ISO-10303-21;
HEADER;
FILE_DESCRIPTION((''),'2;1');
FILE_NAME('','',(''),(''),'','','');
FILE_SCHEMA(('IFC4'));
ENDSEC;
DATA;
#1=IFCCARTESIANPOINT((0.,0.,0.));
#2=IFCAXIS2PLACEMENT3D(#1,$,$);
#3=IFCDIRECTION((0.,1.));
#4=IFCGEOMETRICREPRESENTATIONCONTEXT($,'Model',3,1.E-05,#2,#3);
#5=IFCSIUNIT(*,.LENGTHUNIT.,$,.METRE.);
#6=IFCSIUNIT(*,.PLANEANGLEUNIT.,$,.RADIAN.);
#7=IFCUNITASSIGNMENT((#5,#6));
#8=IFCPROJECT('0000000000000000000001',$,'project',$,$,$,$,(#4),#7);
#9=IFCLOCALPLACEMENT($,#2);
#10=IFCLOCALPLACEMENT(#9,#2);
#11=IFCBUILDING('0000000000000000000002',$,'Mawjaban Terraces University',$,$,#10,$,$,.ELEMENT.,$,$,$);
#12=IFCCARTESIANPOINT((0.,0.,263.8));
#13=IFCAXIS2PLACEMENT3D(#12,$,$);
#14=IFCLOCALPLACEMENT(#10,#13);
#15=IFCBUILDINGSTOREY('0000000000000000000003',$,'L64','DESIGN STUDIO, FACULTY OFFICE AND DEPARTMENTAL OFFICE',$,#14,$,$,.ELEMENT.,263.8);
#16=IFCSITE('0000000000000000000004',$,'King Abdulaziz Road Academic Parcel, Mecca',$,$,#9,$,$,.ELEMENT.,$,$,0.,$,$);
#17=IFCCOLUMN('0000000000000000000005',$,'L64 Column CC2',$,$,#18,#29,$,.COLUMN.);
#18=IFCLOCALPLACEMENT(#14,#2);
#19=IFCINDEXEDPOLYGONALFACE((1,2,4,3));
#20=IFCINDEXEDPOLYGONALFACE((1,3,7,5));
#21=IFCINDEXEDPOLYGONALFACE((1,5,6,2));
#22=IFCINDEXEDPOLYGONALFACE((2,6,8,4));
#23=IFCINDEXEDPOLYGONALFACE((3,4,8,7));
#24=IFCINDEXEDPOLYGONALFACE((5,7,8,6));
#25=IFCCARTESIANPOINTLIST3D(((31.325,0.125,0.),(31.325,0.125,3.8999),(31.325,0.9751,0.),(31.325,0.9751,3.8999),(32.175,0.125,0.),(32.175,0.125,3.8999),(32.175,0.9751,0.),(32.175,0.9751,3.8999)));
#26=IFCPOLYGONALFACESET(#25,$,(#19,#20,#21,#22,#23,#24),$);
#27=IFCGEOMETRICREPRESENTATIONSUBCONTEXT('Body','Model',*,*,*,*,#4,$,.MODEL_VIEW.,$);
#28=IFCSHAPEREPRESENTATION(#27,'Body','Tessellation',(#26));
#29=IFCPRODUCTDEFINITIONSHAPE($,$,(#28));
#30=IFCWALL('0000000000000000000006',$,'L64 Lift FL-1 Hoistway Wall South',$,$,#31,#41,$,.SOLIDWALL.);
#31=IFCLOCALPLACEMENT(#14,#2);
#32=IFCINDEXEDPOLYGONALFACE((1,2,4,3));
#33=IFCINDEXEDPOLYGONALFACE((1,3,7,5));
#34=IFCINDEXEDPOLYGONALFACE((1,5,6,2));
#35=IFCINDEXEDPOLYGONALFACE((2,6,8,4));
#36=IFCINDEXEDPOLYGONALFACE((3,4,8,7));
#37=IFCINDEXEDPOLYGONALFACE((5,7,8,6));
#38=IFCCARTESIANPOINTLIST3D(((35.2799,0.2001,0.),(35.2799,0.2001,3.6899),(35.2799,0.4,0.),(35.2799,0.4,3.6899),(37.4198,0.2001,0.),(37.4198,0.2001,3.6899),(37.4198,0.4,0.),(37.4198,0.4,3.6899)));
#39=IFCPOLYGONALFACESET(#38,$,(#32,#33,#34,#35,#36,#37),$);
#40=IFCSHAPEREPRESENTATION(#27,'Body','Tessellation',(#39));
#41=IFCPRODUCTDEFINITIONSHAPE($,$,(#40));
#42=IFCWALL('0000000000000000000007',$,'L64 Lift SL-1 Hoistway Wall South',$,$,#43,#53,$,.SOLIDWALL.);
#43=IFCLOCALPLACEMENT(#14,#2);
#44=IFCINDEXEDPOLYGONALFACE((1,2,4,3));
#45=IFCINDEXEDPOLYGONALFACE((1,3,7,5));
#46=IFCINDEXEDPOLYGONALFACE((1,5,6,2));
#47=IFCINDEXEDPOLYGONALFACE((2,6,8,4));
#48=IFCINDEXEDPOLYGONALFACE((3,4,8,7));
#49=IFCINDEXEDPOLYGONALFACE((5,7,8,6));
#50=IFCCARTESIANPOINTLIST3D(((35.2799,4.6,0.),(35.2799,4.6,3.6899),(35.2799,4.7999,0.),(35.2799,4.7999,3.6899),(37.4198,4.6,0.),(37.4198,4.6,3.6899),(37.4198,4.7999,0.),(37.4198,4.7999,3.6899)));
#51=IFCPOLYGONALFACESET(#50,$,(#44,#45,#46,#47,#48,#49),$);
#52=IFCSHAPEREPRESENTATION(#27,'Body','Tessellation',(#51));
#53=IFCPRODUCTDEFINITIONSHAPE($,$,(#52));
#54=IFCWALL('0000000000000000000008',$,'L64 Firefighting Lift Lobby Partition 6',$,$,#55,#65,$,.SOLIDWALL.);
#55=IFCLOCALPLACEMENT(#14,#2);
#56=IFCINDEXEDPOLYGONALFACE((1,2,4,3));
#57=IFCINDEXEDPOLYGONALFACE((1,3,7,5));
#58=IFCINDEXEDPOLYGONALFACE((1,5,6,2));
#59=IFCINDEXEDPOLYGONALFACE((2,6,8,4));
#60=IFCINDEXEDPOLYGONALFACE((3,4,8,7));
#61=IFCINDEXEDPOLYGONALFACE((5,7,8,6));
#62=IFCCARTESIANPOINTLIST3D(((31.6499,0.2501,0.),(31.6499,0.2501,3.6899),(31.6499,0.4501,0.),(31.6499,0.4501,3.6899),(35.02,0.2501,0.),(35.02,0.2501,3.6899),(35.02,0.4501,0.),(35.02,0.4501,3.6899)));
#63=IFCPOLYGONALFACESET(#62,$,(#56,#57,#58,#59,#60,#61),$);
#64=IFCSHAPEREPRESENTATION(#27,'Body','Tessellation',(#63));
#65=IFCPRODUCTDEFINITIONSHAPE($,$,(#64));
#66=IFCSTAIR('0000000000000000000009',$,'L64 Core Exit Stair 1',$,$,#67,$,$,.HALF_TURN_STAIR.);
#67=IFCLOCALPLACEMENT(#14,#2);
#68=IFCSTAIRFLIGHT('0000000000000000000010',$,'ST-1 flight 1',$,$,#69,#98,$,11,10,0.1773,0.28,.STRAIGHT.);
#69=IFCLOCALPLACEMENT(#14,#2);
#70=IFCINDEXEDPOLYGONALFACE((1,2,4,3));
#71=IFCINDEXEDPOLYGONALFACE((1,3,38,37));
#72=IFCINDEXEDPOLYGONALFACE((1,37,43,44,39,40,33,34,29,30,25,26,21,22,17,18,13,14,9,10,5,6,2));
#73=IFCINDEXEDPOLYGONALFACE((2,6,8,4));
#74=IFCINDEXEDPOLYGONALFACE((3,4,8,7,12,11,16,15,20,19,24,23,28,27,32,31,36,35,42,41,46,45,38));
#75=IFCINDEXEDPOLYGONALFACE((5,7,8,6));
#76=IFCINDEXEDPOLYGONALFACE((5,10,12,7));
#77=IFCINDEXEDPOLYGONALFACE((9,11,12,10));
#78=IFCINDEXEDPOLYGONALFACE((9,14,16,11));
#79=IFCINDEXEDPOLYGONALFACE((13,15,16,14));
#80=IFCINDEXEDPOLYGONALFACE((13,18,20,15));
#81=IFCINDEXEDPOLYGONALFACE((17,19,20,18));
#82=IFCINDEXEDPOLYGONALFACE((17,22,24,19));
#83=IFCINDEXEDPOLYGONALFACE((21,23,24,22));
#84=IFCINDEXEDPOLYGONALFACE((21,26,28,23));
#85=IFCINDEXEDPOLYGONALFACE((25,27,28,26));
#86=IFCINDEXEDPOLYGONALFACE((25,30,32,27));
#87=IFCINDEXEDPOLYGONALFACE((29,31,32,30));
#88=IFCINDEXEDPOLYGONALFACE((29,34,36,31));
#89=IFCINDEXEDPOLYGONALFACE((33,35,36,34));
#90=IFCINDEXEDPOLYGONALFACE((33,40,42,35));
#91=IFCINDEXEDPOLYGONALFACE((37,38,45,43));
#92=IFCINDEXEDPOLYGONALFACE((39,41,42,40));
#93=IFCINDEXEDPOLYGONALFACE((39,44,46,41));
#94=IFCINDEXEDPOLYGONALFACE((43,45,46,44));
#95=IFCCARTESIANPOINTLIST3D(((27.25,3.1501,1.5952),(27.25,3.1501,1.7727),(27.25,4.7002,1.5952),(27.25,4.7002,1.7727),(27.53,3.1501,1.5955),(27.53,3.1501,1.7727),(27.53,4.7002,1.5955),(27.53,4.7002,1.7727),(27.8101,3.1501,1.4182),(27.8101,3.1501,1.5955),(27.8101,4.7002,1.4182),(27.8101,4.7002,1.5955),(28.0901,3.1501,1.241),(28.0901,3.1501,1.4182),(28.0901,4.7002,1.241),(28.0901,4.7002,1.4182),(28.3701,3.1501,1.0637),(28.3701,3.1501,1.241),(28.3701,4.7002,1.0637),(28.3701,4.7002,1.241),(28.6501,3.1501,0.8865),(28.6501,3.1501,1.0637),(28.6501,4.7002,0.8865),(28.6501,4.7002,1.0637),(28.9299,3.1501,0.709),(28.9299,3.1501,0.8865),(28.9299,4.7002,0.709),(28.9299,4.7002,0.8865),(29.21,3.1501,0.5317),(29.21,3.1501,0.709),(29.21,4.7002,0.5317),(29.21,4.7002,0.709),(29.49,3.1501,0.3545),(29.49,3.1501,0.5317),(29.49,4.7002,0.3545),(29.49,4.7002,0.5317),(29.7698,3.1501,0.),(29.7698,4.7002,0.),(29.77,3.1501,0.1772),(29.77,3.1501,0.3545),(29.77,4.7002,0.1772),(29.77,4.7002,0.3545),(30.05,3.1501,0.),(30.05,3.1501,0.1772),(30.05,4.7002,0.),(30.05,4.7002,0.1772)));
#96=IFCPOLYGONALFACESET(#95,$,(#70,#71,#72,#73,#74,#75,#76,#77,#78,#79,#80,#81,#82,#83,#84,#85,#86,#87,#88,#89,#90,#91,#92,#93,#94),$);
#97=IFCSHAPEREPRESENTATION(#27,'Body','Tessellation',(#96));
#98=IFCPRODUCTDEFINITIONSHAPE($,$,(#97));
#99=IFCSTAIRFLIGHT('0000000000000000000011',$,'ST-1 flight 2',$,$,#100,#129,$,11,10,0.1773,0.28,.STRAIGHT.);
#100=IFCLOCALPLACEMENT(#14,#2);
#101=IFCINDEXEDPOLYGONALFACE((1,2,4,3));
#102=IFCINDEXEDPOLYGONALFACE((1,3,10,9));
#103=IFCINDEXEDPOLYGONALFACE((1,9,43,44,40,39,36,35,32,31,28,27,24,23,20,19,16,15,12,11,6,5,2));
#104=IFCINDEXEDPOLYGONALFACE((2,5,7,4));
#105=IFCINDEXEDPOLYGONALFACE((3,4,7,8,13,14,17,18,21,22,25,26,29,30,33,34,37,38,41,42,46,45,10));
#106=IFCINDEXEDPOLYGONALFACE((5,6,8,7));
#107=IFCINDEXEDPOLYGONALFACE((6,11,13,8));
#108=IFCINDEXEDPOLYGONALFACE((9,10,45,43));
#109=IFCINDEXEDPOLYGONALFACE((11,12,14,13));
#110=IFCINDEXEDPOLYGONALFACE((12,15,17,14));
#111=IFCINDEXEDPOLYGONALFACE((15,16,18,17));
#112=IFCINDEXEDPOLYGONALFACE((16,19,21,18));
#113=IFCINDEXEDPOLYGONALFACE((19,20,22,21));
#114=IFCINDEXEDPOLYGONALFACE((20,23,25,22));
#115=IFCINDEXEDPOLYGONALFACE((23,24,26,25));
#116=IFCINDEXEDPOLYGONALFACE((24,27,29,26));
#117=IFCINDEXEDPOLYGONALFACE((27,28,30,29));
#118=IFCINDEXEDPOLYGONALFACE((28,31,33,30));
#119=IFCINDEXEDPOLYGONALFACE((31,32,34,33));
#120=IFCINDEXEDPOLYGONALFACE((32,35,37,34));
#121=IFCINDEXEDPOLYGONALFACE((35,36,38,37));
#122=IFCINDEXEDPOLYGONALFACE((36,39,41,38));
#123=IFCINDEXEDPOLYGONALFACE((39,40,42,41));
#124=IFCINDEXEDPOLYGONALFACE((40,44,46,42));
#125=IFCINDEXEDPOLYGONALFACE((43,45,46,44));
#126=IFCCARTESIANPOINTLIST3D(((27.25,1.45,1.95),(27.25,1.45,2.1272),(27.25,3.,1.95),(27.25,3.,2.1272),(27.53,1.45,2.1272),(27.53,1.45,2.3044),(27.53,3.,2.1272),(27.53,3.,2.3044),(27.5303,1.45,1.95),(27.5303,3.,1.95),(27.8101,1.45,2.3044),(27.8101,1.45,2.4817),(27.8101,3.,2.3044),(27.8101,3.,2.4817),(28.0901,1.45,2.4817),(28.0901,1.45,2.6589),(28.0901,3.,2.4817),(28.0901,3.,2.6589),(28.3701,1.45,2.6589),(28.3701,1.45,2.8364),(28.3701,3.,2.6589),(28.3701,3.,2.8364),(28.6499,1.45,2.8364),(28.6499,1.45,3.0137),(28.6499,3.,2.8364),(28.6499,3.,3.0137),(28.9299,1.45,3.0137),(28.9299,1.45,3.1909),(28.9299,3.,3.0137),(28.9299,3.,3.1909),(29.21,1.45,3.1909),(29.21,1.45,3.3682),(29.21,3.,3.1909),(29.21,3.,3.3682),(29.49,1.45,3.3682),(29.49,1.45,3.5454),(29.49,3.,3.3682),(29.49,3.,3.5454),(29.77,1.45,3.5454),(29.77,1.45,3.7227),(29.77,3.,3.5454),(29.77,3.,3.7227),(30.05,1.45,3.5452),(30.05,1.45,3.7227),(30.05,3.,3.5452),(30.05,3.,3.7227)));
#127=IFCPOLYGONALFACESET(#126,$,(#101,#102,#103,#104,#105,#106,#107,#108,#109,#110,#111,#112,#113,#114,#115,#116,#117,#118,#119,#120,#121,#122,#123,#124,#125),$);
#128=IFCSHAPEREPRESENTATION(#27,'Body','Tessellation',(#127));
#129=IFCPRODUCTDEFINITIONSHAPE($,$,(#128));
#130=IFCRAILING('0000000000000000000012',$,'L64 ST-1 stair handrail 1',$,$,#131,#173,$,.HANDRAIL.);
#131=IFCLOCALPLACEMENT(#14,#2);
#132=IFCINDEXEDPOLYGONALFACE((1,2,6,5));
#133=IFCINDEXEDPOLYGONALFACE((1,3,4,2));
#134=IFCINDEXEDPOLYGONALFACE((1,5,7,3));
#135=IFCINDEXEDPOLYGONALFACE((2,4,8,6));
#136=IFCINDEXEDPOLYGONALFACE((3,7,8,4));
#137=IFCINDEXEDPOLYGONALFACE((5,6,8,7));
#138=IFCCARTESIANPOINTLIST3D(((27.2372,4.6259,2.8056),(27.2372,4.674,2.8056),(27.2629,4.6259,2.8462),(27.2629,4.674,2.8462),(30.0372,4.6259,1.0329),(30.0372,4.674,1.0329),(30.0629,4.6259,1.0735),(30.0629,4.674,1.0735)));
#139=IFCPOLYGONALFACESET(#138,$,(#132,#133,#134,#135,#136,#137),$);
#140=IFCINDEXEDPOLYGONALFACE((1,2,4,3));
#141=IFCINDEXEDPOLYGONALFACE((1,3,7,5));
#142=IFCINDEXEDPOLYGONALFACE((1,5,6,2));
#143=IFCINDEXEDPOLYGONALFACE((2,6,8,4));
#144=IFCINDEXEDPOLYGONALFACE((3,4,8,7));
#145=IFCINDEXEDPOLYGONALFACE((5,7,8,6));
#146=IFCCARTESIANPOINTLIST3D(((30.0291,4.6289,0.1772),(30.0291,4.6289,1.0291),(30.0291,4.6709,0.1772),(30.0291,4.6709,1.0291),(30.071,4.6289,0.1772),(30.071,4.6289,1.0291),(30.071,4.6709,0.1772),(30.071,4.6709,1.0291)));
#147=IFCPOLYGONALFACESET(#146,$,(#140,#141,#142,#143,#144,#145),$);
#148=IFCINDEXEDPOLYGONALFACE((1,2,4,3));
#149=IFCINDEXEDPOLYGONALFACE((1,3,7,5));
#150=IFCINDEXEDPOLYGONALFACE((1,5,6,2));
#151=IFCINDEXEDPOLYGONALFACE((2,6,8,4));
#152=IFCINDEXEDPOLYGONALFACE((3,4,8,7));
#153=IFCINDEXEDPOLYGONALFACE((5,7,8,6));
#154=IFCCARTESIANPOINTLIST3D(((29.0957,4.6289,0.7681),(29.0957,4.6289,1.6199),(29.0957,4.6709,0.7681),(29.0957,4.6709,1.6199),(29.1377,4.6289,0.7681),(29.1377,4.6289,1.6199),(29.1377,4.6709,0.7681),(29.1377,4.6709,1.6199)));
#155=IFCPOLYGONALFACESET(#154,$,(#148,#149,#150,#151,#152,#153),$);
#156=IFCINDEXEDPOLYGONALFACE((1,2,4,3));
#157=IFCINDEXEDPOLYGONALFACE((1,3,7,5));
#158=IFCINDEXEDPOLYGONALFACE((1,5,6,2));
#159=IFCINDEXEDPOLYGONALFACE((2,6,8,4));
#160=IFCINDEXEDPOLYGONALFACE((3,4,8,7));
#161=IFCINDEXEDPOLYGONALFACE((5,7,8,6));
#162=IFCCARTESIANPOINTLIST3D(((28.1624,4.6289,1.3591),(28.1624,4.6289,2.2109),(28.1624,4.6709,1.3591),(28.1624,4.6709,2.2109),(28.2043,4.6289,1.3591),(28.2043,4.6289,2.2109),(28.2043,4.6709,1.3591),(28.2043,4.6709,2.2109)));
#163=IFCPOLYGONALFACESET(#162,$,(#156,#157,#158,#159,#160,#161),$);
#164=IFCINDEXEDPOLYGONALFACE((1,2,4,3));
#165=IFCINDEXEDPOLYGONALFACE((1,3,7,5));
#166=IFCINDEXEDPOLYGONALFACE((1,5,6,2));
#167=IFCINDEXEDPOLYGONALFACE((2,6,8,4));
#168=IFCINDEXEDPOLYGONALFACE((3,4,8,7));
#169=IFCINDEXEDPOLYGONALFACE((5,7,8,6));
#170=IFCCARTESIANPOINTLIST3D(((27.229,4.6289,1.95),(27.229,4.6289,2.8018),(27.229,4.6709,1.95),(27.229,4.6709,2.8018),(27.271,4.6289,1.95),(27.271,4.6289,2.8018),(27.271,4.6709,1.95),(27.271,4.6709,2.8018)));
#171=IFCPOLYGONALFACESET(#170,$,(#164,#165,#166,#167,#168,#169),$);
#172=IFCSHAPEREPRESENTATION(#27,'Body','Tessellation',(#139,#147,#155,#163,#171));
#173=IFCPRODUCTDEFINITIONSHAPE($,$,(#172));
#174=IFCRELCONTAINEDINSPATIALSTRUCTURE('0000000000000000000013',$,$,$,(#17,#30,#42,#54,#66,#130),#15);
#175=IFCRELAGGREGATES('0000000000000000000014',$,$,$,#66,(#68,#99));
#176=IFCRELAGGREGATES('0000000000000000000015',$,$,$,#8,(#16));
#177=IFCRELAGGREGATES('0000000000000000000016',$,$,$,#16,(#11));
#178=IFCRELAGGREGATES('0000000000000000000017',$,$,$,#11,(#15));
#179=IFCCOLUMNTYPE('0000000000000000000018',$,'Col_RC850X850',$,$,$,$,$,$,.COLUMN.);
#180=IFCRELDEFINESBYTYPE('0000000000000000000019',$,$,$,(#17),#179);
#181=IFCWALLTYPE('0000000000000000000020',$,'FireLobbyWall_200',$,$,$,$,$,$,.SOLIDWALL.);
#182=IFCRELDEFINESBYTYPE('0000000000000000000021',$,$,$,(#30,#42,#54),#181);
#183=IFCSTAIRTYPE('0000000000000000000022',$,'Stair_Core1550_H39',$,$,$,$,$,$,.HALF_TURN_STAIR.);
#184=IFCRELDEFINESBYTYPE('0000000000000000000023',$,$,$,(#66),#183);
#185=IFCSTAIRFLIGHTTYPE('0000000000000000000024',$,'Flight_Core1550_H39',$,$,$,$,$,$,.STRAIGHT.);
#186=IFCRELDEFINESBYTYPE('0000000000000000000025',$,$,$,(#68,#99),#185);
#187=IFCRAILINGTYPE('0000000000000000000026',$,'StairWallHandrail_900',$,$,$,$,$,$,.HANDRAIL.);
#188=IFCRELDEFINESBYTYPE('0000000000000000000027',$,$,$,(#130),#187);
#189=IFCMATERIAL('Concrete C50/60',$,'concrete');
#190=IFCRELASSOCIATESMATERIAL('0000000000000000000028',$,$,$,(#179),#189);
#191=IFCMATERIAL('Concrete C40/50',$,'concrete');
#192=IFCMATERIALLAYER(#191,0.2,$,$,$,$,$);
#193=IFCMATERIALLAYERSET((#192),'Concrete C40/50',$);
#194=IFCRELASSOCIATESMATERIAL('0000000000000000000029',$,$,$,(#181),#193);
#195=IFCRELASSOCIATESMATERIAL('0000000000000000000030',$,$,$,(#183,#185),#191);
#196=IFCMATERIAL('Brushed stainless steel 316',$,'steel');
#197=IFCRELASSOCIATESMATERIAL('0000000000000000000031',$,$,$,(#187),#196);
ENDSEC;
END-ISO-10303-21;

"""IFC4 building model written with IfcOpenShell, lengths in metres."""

from ifc_helpers import new_model, si_unit, direction, frame, frame_2d, origin, origin_2d, place, context, subcontext, project, spatial, polyline, rectangle, outline, extrude, material, layer, layer_set, material_profile, profile_set, type_object, element, aggregate, save


model = new_model("IFC4")

# Units and contexts
model_context = context("Model", 3, precision=1e-05, world=origin(), true_north=direction((0.0, 1.0)))
body_context = subcontext(model_context, "Body", "Model", "MODEL_VIEW")
ifc_project = project(units=[si_unit("LENGTHUNIT", "METRE"), si_unit("PLANEANGLEUNIT", "RADIAN")], contexts=[model_context])

# Site, building, storey
site_placement = place(None, origin())
site = spatial("IfcSite", under=ifc_project, at=site_placement, Name="King Abdulaziz Road Academic Parcel, Mecca", CompositionType="ELEMENT", RefElevation=0.0)
building_placement = place(site_placement, origin())
building = spatial("IfcBuilding", under=site, at=building_placement, Name="Mawjaban Terraces University", CompositionType="ELEMENT")
storey_placement = place(building_placement, frame((0.0, 0.0, 263.8)))
storey = spatial("IfcBuildingStorey", under=building, at=storey_placement, Name="L64", Description="DESIGN STUDIO, FACULTY OFFICE AND DEPARTMENTAL OFFICE", CompositionType="ELEMENT", Elevation=263.8)

# Column
ifc_material_1 = material(Name="Concrete C50/60", Category="concrete")
ifc_material_profile = material_profile(ifc_material_1, rectangle(XDim=0.8501, YDim=0.8501, at=origin_2d()), Name="RC850X850")
ifc_profile_set = profile_set([ifc_material_profile], Name="Concrete C50/60")
column_type = type_object("IfcColumnType", Name="Col_RC850X850", PredefinedType="COLUMN", material=ifc_profile_set)
column_placement = place(storey_placement, frame((31.75, 0.55, 0.0), z_axis=(0.0, 0.0, 1.0), x_axis=(1.0, 0.0, 0.0)))
element("IfcColumn", 1, at=column_placement, inside=storey, type_object=column_type, Name="L64 Column CC2", PredefinedType="COLUMN", context=body_context, shape_type="SweptSolid", body=[
    extrude(rectangle(XDim=0.8501, YDim=0.8501, at=origin_2d()), origin(), (0.0, 0.0, 1.0), 3.8999),
])

# Shared definitions
ifc_material_2 = material(Name="Concrete C40/50", Category="concrete")
ifc_layer_1 = layer(ifc_material_2, 0.2)
ifc_layer_set_1 = layer_set([ifc_layer_1], Name="Concrete C40/50")
wall_type_1 = type_object("IfcWallType", Name="FireLobbyWall_200", PredefinedType="SOLIDWALL", material=ifc_layer_set_1)

# Wall
wall_1_placement = place(storey_placement, frame((35.28, 0.3, 0.0), z_axis=(0.0, 0.0, 1.0), x_axis=(1.0, 0.0, 0.0)))
element("IfcWall", 2, at=wall_1_placement, inside=storey, type_object=wall_type_1, Name="L64 Lift FL-1 Hoistway Wall South", PredefinedType="SOLIDWALL", context=body_context, shape_type="SweptSolid", body=[
    extrude(rectangle(XDim=2.1399, YDim=0.2, at=frame_2d((1.0698, 0.0))), origin(), (0.0, 0.0, 1.0), 3.6899),
])

# Walls
wall_2_placement = place(storey_placement, frame((35.28, 4.7, 0.0), z_axis=(0.0, 0.0, 1.0), x_axis=(1.0, 0.0, 0.0)))
element("IfcWall", 3, at=wall_2_placement, inside=storey, type_object=wall_type_1, Name="L64 Lift SL-1 Hoistway Wall South", PredefinedType="SOLIDWALL", context=body_context, shape_type="SweptSolid", body=[
    extrude(rectangle(XDim=2.1399, YDim=0.2, at=frame_2d((1.0698, 0.0))), origin(), (0.0, 0.0, 1.0), 3.6899),
])
wall_3_placement = place(storey_placement, frame((31.6499, 0.3501, 0.0), z_axis=(0.0, 0.0, 1.0), x_axis=(1.0, 0.0, 0.0)))
element("IfcWall", 4, at=wall_3_placement, inside=storey, type_object=wall_type_1, Name="L64 Firefighting Lift Lobby Partition 6", PredefinedType="SOLIDWALL", context=body_context, shape_type="SweptSolid", body=[
    extrude(rectangle(XDim=3.3701, YDim=0.2, at=frame_2d((1.6851, 0.0))), origin(), (0.0, 0.0, 1.0), 3.6899),
])

# Stair, stair flights
stair_type = type_object("IfcStairType", Name="Stair_Core1550_H39", PredefinedType="HALF_TURN_STAIR", material=ifc_material_2)
stair_placement = place(storey_placement, origin())
stair = element("IfcStair", 5, at=stair_placement, inside=storey, type_object=stair_type, Name="L64 Core Exit Stair 1", PredefinedType="HALF_TURN_STAIR")
stair_flight_type = type_object("IfcStairFlightType", Name="Flight_Core1550_H39", PredefinedType="STRAIGHT", material=ifc_material_2)
stair_flight_1_placement = place(storey_placement, frame((30.05, 3.925, 0.0), z_axis=(0.0, 0.0, 1.0), x_axis=(-1.0, 0.0, 0.0)))
stair_flight_1 = element("IfcStairFlight", 6, at=stair_flight_1_placement, type_object=stair_flight_type, Name="ST-1 flight 1", NumberOfRisers=11, NumberOfTreads=10, PredefinedType="STRAIGHT", RiserHeight=0.1773, TreadLength=0.28, context=body_context, shape_type="SweptSolid", body=[
    extrude(outline(polyline([(0.0, 0.0), (0.0, 0.1772), (0.28, 0.1772), (0.28, 0.3545), (0.5601, 0.3545), (0.5601, 0.5317), (0.8401, 0.5317), (0.8401, 0.709), (1.1201, 0.709), (1.1201, 0.8865), (1.3999, 0.8865), (1.3999, 1.0637), (1.6799, 1.0637), (1.6799, 1.241), (1.96, 1.241), (1.96, 1.4182), (2.24, 1.4182), (2.24, 1.5955), (2.52, 1.5955), (2.52, 1.7727), (2.8, 1.7727), (2.8, 1.95), (2.8, 1.5952), (0.2803, 0.0), (0.0, 0.0)])), frame((0.0, 0.7749, 0.0), z_axis=(0.0, -1.0, 0.0), x_axis=(1.0, 0.0, 0.0)), (0.0, 0.0, 1.0), 1.55),
])
stair_flight_2_placement = place(storey_placement, frame((27.25, 2.2251, 1.95), z_axis=(0.0, 0.0, 1.0), x_axis=(1.0, 0.0, 0.0)))
stair_flight_2 = element("IfcStairFlight", 7, at=stair_flight_2_placement, type_object=stair_flight_type, Name="ST-1 flight 2", NumberOfRisers=11, NumberOfTreads=10, PredefinedType="STRAIGHT", RiserHeight=0.1773, TreadLength=0.28, context=body_context, shape_type="SweptSolid", body=[
    extrude(outline(polyline([(0.0, 0.0), (0.0, 0.1772), (0.28, 0.1772), (0.28, 0.3545), (0.5601, 0.3545), (0.5601, 0.5317), (0.8401, 0.5317), (0.8401, 0.709), (1.1201, 0.709), (1.1201, 0.8865), (1.3999, 0.8865), (1.3999, 1.0637), (1.6799, 1.0637), (1.6799, 1.241), (1.96, 1.241), (1.96, 1.4182), (2.24, 1.4182), (2.24, 1.5955), (2.52, 1.5955), (2.52, 1.7727), (2.8, 1.7727), (2.8, 1.95), (2.8, 1.5952), (0.2803, 0.0), (0.0, 0.0)])), frame((0.0, 0.7749, 0.0), z_axis=(0.0, -1.0, 0.0), x_axis=(1.0, 0.0, 0.0)), (0.0, 0.0, 1.0), 1.55),
])
aggregate(stair, [stair_flight_1, stair_flight_2])

# Railing
ifc_material_3 = material(Name="Brushed stainless steel 316", Category="steel")
railing_type_1 = type_object("IfcRailingType", Name="StairWallHandrail_900", PredefinedType="HANDRAIL", material=ifc_material_3)
railing_1_placement = place(storey_placement, frame((30.05, 4.6499, 0.1772)))
element("IfcRailing", 8, at=railing_1_placement, inside=storey, type_object=railing_type_1, Name="L64 ST-1 stair handrail 1", PredefinedType="HANDRAIL", context=body_context, shape_type="SweptSolid", body=[
    extrude(rectangle(XDim=0.0481, YDim=0.0481, at=origin_2d()), frame((0.0, 0.0, 0.876), z_axis=(-0.844909, 0.0, 0.53491), x_axis=(0.0, -1.0, 0.0)), (0.0, 0.0, 1.0), 3.314),
    extrude(rectangle(XDim=0.042, YDim=0.042, at=origin_2d()), origin(), (0.0, 0.0, 1.0), 0.8518),
    extrude(rectangle(XDim=0.042, YDim=0.042, at=origin_2d()), frame((-0.9333, 0.0, 0.5908)), (0.0, 0.0, 1.0), 0.8518),
    extrude(rectangle(XDim=0.042, YDim=0.042, at=origin_2d()), frame((-1.8667, 0.0, 1.1819)), (0.0, 0.0, 1.0), 0.8518),
    extrude(rectangle(XDim=0.042, YDim=0.042, at=origin_2d()), frame((-2.8, 0.0, 1.7727)), (0.0, 0.0, 1.0), 0.8518),
])

save(model, "model.ifc")
